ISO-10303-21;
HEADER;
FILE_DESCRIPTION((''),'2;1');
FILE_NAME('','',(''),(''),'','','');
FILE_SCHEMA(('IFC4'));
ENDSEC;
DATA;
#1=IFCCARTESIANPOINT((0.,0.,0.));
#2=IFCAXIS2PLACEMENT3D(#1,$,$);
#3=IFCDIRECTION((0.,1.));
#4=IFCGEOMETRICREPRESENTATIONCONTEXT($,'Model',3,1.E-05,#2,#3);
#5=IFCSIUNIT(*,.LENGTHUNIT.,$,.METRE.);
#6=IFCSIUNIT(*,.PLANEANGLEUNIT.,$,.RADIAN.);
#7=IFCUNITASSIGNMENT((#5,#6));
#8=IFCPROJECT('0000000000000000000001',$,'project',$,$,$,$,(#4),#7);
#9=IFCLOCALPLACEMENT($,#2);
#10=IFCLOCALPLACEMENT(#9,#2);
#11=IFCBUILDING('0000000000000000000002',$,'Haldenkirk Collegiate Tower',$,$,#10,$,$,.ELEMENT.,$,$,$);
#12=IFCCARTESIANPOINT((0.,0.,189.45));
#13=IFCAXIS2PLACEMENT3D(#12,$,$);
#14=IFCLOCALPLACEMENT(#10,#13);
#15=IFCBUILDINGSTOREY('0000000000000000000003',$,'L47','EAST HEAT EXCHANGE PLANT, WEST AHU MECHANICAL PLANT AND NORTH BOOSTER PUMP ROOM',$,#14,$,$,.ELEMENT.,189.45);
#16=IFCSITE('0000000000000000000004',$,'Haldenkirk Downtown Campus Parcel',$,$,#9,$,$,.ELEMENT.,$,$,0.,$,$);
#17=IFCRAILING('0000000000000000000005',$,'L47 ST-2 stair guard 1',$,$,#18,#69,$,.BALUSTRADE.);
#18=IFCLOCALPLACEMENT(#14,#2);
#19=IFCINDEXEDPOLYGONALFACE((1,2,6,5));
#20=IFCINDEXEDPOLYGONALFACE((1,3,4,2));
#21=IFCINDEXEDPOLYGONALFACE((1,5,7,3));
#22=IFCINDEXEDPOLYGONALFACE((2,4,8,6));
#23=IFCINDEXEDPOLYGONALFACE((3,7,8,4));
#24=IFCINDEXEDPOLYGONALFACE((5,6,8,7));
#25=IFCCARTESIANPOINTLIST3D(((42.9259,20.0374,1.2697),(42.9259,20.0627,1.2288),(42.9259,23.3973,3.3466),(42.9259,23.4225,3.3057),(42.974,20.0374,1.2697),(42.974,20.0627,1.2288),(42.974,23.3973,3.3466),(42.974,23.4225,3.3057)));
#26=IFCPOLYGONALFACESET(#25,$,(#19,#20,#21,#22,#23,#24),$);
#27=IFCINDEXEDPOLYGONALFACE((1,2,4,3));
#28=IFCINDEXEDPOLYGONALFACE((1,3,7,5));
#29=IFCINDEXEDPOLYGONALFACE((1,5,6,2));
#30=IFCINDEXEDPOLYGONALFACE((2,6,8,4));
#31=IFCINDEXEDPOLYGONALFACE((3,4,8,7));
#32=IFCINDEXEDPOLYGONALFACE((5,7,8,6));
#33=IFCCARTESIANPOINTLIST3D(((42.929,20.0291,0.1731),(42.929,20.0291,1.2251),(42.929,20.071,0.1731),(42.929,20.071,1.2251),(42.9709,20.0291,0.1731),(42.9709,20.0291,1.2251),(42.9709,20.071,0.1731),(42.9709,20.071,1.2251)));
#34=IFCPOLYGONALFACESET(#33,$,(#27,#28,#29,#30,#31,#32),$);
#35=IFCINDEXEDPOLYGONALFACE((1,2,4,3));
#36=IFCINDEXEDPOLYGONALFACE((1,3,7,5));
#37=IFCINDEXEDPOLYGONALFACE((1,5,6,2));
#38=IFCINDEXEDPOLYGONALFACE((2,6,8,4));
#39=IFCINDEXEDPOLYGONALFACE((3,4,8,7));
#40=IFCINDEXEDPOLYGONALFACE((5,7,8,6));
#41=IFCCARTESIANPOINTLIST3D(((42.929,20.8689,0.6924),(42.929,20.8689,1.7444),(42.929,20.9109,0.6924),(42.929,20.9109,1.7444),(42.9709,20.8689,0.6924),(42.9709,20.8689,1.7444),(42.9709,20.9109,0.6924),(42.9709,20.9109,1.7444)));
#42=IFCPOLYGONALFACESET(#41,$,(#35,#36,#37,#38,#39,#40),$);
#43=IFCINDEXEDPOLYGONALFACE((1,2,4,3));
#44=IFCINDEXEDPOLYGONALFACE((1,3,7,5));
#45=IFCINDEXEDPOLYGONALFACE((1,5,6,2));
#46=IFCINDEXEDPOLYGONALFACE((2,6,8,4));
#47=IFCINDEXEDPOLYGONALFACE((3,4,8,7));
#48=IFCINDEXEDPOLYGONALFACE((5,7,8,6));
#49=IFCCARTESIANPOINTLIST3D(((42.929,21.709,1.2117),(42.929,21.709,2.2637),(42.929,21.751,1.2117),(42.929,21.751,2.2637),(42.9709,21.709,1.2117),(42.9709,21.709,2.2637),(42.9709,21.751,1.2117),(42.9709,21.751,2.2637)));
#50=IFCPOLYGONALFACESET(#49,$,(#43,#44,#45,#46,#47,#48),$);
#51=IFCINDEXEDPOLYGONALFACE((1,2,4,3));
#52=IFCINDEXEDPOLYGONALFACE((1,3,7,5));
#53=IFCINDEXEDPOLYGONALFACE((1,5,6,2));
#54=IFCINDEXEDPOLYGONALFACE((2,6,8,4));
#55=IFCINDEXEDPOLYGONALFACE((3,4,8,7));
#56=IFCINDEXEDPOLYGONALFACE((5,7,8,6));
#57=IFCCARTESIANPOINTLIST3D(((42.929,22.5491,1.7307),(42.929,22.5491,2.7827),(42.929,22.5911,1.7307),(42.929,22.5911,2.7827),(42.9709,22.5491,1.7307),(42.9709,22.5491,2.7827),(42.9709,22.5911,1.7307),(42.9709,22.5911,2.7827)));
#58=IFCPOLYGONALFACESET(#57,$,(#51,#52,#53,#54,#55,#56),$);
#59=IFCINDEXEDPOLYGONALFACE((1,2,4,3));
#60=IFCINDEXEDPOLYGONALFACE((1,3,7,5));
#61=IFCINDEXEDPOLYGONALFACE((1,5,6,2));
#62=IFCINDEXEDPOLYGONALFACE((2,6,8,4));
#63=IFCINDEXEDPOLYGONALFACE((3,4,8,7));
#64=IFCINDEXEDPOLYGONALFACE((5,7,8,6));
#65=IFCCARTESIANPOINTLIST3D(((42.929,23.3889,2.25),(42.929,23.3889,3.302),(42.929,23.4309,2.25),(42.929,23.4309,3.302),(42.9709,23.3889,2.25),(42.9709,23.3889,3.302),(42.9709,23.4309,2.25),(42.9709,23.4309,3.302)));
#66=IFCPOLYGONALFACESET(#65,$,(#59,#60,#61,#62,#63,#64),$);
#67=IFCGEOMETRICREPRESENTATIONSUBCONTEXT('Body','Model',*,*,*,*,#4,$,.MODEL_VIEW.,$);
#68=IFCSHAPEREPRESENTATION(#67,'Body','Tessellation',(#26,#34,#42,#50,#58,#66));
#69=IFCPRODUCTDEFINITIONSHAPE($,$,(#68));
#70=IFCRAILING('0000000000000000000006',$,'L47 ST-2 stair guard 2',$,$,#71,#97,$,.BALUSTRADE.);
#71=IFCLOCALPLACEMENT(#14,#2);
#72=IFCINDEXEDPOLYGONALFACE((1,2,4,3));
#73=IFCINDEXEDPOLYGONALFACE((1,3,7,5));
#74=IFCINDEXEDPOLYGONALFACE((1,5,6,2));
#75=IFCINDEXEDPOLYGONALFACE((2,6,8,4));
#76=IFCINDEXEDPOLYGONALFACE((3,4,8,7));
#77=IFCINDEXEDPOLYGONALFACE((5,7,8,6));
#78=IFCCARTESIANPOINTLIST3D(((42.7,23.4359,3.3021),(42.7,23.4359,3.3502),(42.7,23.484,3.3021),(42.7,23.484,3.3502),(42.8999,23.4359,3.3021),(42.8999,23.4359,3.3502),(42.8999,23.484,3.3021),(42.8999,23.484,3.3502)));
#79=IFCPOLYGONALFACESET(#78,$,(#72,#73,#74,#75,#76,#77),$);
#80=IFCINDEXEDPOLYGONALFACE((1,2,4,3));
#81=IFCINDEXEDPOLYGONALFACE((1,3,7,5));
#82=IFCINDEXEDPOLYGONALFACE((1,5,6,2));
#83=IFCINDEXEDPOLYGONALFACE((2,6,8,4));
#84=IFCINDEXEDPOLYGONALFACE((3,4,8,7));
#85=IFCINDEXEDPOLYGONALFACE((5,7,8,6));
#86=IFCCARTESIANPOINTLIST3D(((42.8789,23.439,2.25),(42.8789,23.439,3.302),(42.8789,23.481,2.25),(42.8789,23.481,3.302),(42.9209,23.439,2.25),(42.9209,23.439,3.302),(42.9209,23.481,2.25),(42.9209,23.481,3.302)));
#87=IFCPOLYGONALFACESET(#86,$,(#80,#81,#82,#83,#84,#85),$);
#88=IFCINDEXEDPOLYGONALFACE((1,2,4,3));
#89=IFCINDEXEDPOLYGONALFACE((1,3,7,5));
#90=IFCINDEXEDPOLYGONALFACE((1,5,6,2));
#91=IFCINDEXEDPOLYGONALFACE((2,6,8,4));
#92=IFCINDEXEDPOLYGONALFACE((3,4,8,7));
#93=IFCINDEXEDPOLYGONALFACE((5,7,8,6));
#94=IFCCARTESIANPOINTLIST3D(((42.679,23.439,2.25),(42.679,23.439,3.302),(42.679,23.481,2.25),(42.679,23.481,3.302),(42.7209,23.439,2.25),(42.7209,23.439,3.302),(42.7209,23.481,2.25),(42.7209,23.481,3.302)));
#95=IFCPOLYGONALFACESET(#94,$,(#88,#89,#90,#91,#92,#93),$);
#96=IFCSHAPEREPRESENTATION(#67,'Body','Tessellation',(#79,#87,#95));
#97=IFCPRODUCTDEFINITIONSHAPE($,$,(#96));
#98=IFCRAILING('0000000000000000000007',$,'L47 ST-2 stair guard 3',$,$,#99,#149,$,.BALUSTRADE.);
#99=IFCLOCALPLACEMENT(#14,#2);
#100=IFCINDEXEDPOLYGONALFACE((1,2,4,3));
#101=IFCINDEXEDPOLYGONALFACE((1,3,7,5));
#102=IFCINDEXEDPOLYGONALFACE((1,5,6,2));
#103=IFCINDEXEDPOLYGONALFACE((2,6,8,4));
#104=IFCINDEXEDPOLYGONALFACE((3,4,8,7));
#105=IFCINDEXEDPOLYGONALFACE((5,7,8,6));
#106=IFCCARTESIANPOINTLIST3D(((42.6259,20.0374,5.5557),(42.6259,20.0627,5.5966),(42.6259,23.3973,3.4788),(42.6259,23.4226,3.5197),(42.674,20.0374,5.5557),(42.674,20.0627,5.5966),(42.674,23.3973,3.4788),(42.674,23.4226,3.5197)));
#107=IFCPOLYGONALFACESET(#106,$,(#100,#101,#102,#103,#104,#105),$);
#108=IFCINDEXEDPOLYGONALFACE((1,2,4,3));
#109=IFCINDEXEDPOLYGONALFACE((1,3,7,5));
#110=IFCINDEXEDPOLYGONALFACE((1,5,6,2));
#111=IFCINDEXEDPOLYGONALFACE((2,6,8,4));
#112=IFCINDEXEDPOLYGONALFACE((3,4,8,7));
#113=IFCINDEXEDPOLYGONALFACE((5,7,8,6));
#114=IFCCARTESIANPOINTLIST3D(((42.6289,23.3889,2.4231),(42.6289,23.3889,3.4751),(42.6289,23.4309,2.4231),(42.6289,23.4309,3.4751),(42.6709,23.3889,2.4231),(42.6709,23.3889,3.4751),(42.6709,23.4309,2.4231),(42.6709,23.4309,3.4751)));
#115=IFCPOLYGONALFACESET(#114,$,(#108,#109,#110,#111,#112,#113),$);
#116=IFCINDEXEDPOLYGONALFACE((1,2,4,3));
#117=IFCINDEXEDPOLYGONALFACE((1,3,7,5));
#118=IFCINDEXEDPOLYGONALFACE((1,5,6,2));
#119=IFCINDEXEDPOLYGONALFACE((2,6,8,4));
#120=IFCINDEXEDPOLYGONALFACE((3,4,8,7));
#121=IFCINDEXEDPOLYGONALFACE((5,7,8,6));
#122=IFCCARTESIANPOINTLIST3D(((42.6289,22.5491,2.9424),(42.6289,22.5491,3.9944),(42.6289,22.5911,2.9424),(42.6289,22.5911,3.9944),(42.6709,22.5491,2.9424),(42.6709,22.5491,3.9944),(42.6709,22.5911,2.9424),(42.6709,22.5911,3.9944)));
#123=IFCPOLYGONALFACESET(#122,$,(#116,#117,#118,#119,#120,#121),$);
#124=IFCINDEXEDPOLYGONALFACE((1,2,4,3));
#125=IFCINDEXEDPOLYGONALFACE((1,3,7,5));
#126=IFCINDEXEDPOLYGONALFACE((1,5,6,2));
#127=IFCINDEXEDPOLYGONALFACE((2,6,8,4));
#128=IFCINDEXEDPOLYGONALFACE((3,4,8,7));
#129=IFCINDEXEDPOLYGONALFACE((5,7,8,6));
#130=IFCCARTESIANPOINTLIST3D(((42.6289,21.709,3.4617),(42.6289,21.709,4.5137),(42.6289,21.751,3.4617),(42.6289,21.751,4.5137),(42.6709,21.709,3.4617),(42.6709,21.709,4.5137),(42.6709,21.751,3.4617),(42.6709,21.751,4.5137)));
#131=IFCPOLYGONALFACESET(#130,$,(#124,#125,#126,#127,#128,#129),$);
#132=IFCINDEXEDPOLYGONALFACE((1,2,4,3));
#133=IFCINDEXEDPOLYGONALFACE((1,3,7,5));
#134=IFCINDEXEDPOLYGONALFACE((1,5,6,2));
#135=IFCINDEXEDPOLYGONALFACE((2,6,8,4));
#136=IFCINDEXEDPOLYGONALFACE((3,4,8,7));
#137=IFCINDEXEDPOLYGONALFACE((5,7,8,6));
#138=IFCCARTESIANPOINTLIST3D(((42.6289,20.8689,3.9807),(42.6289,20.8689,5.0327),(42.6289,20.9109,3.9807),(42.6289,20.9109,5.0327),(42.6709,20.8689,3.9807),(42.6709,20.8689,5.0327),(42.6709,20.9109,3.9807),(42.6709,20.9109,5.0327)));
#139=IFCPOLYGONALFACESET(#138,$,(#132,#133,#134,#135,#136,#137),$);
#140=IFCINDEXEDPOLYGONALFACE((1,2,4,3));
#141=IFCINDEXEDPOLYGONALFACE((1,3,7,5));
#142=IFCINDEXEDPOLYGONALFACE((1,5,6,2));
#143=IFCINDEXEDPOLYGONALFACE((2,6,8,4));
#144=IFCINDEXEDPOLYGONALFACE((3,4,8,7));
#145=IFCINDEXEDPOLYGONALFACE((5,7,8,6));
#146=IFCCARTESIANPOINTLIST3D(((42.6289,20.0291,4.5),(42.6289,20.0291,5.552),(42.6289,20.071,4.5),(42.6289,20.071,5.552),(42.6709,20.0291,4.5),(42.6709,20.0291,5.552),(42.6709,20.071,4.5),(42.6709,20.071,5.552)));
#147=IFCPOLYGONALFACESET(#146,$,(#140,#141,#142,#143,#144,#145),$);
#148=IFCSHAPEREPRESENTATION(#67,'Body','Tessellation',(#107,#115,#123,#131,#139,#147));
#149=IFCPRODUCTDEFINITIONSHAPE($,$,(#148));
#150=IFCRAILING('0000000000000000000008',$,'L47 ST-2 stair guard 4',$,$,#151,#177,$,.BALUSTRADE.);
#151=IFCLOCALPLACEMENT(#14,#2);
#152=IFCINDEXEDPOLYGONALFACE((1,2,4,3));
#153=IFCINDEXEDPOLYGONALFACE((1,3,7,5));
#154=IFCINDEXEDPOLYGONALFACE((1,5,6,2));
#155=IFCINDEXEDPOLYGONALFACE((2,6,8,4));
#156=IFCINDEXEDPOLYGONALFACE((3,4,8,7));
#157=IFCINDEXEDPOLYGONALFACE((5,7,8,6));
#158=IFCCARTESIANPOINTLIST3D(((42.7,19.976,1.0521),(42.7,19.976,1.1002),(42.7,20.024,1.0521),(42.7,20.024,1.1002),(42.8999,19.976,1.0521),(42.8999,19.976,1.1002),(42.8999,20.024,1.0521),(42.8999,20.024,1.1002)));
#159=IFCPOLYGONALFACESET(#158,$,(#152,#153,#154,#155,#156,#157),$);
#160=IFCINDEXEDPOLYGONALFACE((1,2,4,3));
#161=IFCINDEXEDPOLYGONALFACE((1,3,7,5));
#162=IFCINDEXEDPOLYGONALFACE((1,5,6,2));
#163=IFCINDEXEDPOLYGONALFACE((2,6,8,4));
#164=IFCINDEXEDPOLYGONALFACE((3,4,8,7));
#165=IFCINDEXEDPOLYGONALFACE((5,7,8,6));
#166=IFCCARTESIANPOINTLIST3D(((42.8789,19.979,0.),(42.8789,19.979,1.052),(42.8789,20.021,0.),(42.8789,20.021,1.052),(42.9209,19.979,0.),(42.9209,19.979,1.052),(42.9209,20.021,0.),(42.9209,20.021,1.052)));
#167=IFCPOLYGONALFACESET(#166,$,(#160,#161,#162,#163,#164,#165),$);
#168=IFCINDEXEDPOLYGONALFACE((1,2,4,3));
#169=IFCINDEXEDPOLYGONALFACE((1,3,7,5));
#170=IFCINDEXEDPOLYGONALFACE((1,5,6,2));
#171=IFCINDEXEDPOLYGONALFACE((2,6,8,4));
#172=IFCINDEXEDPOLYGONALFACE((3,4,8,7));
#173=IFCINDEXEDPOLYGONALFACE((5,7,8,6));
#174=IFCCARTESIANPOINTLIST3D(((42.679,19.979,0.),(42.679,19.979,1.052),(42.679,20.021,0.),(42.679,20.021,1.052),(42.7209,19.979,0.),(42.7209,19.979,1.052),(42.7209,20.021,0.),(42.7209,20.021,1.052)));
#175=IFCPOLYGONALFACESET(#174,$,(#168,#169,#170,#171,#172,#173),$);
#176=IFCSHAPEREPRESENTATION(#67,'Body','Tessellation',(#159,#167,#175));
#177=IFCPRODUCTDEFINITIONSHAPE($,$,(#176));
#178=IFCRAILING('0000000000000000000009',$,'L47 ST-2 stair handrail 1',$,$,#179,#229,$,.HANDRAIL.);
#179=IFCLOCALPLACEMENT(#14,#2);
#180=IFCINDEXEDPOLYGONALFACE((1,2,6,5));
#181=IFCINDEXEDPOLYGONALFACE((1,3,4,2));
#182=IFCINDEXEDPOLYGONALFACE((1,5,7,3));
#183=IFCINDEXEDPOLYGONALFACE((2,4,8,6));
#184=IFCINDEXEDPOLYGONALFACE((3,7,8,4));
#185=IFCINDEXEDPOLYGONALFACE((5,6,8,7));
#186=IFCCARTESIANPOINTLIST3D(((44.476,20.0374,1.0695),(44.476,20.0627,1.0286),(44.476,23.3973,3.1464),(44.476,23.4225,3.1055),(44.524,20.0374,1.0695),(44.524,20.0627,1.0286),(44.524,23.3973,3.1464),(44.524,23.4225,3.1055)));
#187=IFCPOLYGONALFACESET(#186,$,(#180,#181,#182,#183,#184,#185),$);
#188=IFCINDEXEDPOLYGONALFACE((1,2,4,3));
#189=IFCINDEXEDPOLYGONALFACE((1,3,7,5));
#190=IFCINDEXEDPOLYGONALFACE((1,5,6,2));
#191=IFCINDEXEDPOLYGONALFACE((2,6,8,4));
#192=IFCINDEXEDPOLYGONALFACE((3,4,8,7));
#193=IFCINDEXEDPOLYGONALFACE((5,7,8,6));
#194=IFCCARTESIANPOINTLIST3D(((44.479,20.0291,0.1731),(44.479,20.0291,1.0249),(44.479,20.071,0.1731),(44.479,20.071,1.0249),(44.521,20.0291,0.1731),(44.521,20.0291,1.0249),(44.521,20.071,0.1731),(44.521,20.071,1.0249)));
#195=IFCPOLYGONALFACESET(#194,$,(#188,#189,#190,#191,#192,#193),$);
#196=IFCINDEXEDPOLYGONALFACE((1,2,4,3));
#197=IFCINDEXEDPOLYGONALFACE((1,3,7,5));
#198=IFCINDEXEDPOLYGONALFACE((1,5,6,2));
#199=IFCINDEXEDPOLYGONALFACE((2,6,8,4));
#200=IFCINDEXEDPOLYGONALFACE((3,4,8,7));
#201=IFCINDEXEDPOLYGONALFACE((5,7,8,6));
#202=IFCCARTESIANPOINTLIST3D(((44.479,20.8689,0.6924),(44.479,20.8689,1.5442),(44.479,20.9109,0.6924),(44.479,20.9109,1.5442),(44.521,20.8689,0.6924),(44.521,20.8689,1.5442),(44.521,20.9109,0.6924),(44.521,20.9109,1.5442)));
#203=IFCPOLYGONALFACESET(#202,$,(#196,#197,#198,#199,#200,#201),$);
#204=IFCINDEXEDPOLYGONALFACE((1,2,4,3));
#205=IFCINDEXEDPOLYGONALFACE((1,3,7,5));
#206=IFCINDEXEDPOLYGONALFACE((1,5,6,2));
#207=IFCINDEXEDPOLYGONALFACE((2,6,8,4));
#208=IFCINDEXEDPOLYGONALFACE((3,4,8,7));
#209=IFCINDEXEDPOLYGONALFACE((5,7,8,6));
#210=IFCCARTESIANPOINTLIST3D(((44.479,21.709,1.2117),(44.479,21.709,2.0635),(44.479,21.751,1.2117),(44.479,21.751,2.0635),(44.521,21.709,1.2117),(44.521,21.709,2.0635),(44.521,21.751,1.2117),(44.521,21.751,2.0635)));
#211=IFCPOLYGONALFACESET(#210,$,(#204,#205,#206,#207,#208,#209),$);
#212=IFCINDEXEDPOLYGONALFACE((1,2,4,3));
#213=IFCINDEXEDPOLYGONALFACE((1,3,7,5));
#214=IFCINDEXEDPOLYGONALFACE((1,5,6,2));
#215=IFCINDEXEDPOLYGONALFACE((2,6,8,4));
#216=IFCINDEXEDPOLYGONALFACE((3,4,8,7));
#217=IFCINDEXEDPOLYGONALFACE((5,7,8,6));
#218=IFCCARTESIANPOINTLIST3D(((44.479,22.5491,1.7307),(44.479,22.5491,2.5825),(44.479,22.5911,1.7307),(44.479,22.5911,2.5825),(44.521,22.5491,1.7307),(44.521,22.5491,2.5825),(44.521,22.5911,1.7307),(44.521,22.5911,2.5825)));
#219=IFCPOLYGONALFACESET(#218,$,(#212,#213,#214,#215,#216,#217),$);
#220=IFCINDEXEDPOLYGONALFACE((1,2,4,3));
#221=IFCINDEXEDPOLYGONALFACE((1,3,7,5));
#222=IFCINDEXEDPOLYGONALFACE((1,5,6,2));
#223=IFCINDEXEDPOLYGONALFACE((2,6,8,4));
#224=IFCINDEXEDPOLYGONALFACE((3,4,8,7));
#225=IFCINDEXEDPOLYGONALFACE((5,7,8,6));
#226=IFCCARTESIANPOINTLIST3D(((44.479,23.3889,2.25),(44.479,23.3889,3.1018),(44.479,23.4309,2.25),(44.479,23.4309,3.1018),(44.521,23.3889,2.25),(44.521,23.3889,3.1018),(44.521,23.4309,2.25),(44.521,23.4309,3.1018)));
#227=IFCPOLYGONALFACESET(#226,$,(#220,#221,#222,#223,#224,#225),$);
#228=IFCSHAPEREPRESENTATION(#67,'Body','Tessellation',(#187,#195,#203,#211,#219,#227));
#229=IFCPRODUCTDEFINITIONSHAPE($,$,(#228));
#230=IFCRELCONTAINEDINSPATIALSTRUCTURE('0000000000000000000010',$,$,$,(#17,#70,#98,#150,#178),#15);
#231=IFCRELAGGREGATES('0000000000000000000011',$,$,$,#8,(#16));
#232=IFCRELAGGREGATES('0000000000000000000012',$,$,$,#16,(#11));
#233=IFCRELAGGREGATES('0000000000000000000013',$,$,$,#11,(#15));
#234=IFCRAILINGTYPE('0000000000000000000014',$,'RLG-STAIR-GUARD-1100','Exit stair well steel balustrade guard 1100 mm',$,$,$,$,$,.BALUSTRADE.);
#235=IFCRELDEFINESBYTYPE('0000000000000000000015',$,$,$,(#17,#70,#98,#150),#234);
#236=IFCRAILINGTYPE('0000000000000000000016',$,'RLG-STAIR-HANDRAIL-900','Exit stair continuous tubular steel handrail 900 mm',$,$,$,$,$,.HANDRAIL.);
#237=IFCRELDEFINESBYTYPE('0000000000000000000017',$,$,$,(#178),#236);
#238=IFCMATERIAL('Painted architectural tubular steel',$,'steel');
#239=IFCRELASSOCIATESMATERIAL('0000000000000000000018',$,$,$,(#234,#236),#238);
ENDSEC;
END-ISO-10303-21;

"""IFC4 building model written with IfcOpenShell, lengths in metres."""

from ifc_helpers import new_model, si_unit, direction, frame, origin, origin_2d, place, context, subcontext, project, spatial, rectangle, extrude, material, type_object, element, save


model = new_model("IFC4")

# Units and contexts
model_context = context("Model", 3, precision=1e-05, world=origin(), true_north=direction((0.0, 1.0)))
body_context = subcontext(model_context, "Body", "Model", "MODEL_VIEW")
ifc_project = project(units=[si_unit("LENGTHUNIT", "METRE"), si_unit("PLANEANGLEUNIT", "RADIAN")], contexts=[model_context])

# Site, building, storey
site_placement = place(None, origin())
site = spatial("IfcSite", under=ifc_project, at=site_placement, Name="Haldenkirk Downtown Campus Parcel", CompositionType="ELEMENT", RefElevation=0.0)
building_placement = place(site_placement, origin())
building = spatial("IfcBuilding", under=site, at=building_placement, Name="Haldenkirk Collegiate Tower", CompositionType="ELEMENT")
storey_placement = place(building_placement, frame((0.0, 0.0, 189.45)))
storey = spatial("IfcBuildingStorey", under=building, at=storey_placement, Name="L47", Description="EAST HEAT EXCHANGE PLANT, WEST AHU MECHANICAL PLANT AND NORTH BOOSTER PUMP ROOM", CompositionType="ELEMENT", Elevation=189.45)

# Railings
ifc_material_1 = material(Name="Painted architectural tubular steel", Category="steel")
railing_type_1 = type_object("IfcRailingType", Name="RLG-STAIR-GUARD-1100", Description="Exit stair well steel balustrade guard 1100 mm", PredefinedType="BALUSTRADE", material=ifc_material_1)
railing_1_placement = place(storey_placement, frame((42.95, 20.05, 0.1731)))
element("IfcRailing", 1, at=railing_1_placement, inside=storey, type_object=railing_type_1, Name="L47 ST-2 stair guard 1", PredefinedType="BALUSTRADE", context=body_context, shape_type="SweptSolid", body=[
    extrude(rectangle(XDim=0.0481, YDim=0.0481, at=origin_2d()), frame((0.0, 0.0, 1.0762), z_axis=(0.0, 0.850606, 0.525803), x_axis=(-1.0, 0.0, 0.0)), (0.0, 0.0, 1.0), 3.95),
    extrude(rectangle(XDim=0.042, YDim=0.042, at=origin_2d()), origin(), (0.0, 0.0, 1.0), 1.052),
    extrude(rectangle(XDim=0.042, YDim=0.042, at=origin_2d()), frame((0.0, 0.8398, 0.5193)), (0.0, 0.0, 1.0), 1.052),
    extrude(rectangle(XDim=0.042, YDim=0.042, at=origin_2d()), frame((0.0, 1.6799, 1.0386)), (0.0, 0.0, 1.0), 1.052),
    extrude(rectangle(XDim=0.042, YDim=0.042, at=origin_2d()), frame((0.0, 2.52, 1.5576)), (0.0, 0.0, 1.0), 1.052),
    extrude(rectangle(XDim=0.042, YDim=0.042, at=origin_2d()), frame((0.0, 3.3599, 2.0769)), (0.0, 0.0, 1.0), 1.052),
])
railing_2_placement = place(storey_placement, frame((42.8999, 23.46, 2.25)))
element("IfcRailing", 2, at=railing_2_placement, inside=storey, type_object=railing_type_1, Name="L47 ST-2 stair guard 2", PredefinedType="BALUSTRADE", context=body_context, shape_type="SweptSolid", body=[
    extrude(rectangle(XDim=0.0481, YDim=0.0481, at=origin_2d()), frame((0.0, 0.0, 1.0762), z_axis=(-1.0, 0.0, 0.0), x_axis=(0.0, -1.0, 0.0)), (0.0, 0.0, 1.0), 0.2),
    extrude(rectangle(XDim=0.042, YDim=0.042, at=origin_2d()), origin(), (0.0, 0.0, 1.0), 1.052),
    extrude(rectangle(XDim=0.042, YDim=0.042, at=origin_2d()), frame((-0.2, 0.0, 0.0)), (0.0, 0.0, 1.0), 1.052),
])
railing_3_placement = place(storey_placement, frame((42.6499, 23.4099, 2.4231)))
element("IfcRailing", 3, at=railing_3_placement, inside=storey, type_object=railing_type_1, Name="L47 ST-2 stair guard 3", PredefinedType="BALUSTRADE", context=body_context, shape_type="SweptSolid", body=[
    extrude(rectangle(XDim=0.0481, YDim=0.0481, at=origin_2d()), frame((0.0, 0.0, 1.0762), z_axis=(0.0, -0.850606, 0.525803), x_axis=(1.0, 0.0, 0.0)), (0.0, 0.0, 1.0), 3.95),
    extrude(rectangle(XDim=0.042, YDim=0.042, at=origin_2d()), origin(), (0.0, 0.0, 1.0), 1.052),
    extrude(rectangle(XDim=0.042, YDim=0.042, at=origin_2d()), frame((0.0, -0.8398, 0.5193)), (0.0, 0.0, 1.0), 1.052),
    extrude(rectangle(XDim=0.042, YDim=0.042, at=origin_2d()), frame((0.0, -1.6799, 1.0386)), (0.0, 0.0, 1.0), 1.052),
    extrude(rectangle(XDim=0.042, YDim=0.042, at=origin_2d()), frame((0.0, -2.52, 1.5576)), (0.0, 0.0, 1.0), 1.052),
    extrude(rectangle(XDim=0.042, YDim=0.042, at=origin_2d()), frame((0.0, -3.3599, 2.0769)), (0.0, 0.0, 1.0), 1.052),
])
railing_4_placement = place(storey_placement, frame((42.8999, 20.0, 0.0)))
element("IfcRailing", 4, at=railing_4_placement, inside=storey, type_object=railing_type_1, Name="L47 ST-2 stair guard 4", PredefinedType="BALUSTRADE", context=body_context, shape_type="SweptSolid", body=[
    extrude(rectangle(XDim=0.0481, YDim=0.0481, at=origin_2d()), frame((0.0, 0.0, 1.0762), z_axis=(-1.0, 0.0, 0.0), x_axis=(0.0, -1.0, 0.0)), (0.0, 0.0, 1.0), 0.2),
    extrude(rectangle(XDim=0.042, YDim=0.042, at=origin_2d()), origin(), (0.0, 0.0, 1.0), 1.052),
    extrude(rectangle(XDim=0.042, YDim=0.042, at=origin_2d()), frame((-0.2, 0.0, 0.0)), (0.0, 0.0, 1.0), 1.052),
])
railing_type_2 = type_object("IfcRailingType", Name="RLG-STAIR-HANDRAIL-900", Description="Exit stair continuous tubular steel handrail 900 mm", PredefinedType="HANDRAIL", material=ifc_material_1)
railing_5_placement = place(storey_placement, frame((44.5, 20.05, 0.1731)))
element("IfcRailing", 5, at=railing_5_placement, inside=storey, type_object=railing_type_2, Name="L47 ST-2 stair handrail 1", PredefinedType="HANDRAIL", context=body_context, shape_type="SweptSolid", body=[
    extrude(rectangle(XDim=0.0481, YDim=0.0481, at=origin_2d()), frame((0.0, 0.0, 0.876), z_axis=(0.0, 0.850606, 0.525803), x_axis=(-1.0, 0.0, 0.0)), (0.0, 0.0, 1.0), 3.95),
    extrude(rectangle(XDim=0.042, YDim=0.042, at=origin_2d()), origin(), (0.0, 0.0, 1.0), 0.8518),
    extrude(rectangle(XDim=0.042, YDim=0.042, at=origin_2d()), frame((0.0, 0.8398, 0.5193)), (0.0, 0.0, 1.0), 0.8518),
    extrude(rectangle(XDim=0.042, YDim=0.042, at=origin_2d()), frame((0.0, 1.6799, 1.0386)), (0.0, 0.0, 1.0), 0.8518),
    extrude(rectangle(XDim=0.042, YDim=0.042, at=origin_2d()), frame((0.0, 2.52, 1.5576)), (0.0, 0.0, 1.0), 0.8518),
    extrude(rectangle(XDim=0.042, YDim=0.042, at=origin_2d()), frame((0.0, 3.3599, 2.0769)), (0.0, 0.0, 1.0), 0.8518),
])

save(model, "model.ifc")
